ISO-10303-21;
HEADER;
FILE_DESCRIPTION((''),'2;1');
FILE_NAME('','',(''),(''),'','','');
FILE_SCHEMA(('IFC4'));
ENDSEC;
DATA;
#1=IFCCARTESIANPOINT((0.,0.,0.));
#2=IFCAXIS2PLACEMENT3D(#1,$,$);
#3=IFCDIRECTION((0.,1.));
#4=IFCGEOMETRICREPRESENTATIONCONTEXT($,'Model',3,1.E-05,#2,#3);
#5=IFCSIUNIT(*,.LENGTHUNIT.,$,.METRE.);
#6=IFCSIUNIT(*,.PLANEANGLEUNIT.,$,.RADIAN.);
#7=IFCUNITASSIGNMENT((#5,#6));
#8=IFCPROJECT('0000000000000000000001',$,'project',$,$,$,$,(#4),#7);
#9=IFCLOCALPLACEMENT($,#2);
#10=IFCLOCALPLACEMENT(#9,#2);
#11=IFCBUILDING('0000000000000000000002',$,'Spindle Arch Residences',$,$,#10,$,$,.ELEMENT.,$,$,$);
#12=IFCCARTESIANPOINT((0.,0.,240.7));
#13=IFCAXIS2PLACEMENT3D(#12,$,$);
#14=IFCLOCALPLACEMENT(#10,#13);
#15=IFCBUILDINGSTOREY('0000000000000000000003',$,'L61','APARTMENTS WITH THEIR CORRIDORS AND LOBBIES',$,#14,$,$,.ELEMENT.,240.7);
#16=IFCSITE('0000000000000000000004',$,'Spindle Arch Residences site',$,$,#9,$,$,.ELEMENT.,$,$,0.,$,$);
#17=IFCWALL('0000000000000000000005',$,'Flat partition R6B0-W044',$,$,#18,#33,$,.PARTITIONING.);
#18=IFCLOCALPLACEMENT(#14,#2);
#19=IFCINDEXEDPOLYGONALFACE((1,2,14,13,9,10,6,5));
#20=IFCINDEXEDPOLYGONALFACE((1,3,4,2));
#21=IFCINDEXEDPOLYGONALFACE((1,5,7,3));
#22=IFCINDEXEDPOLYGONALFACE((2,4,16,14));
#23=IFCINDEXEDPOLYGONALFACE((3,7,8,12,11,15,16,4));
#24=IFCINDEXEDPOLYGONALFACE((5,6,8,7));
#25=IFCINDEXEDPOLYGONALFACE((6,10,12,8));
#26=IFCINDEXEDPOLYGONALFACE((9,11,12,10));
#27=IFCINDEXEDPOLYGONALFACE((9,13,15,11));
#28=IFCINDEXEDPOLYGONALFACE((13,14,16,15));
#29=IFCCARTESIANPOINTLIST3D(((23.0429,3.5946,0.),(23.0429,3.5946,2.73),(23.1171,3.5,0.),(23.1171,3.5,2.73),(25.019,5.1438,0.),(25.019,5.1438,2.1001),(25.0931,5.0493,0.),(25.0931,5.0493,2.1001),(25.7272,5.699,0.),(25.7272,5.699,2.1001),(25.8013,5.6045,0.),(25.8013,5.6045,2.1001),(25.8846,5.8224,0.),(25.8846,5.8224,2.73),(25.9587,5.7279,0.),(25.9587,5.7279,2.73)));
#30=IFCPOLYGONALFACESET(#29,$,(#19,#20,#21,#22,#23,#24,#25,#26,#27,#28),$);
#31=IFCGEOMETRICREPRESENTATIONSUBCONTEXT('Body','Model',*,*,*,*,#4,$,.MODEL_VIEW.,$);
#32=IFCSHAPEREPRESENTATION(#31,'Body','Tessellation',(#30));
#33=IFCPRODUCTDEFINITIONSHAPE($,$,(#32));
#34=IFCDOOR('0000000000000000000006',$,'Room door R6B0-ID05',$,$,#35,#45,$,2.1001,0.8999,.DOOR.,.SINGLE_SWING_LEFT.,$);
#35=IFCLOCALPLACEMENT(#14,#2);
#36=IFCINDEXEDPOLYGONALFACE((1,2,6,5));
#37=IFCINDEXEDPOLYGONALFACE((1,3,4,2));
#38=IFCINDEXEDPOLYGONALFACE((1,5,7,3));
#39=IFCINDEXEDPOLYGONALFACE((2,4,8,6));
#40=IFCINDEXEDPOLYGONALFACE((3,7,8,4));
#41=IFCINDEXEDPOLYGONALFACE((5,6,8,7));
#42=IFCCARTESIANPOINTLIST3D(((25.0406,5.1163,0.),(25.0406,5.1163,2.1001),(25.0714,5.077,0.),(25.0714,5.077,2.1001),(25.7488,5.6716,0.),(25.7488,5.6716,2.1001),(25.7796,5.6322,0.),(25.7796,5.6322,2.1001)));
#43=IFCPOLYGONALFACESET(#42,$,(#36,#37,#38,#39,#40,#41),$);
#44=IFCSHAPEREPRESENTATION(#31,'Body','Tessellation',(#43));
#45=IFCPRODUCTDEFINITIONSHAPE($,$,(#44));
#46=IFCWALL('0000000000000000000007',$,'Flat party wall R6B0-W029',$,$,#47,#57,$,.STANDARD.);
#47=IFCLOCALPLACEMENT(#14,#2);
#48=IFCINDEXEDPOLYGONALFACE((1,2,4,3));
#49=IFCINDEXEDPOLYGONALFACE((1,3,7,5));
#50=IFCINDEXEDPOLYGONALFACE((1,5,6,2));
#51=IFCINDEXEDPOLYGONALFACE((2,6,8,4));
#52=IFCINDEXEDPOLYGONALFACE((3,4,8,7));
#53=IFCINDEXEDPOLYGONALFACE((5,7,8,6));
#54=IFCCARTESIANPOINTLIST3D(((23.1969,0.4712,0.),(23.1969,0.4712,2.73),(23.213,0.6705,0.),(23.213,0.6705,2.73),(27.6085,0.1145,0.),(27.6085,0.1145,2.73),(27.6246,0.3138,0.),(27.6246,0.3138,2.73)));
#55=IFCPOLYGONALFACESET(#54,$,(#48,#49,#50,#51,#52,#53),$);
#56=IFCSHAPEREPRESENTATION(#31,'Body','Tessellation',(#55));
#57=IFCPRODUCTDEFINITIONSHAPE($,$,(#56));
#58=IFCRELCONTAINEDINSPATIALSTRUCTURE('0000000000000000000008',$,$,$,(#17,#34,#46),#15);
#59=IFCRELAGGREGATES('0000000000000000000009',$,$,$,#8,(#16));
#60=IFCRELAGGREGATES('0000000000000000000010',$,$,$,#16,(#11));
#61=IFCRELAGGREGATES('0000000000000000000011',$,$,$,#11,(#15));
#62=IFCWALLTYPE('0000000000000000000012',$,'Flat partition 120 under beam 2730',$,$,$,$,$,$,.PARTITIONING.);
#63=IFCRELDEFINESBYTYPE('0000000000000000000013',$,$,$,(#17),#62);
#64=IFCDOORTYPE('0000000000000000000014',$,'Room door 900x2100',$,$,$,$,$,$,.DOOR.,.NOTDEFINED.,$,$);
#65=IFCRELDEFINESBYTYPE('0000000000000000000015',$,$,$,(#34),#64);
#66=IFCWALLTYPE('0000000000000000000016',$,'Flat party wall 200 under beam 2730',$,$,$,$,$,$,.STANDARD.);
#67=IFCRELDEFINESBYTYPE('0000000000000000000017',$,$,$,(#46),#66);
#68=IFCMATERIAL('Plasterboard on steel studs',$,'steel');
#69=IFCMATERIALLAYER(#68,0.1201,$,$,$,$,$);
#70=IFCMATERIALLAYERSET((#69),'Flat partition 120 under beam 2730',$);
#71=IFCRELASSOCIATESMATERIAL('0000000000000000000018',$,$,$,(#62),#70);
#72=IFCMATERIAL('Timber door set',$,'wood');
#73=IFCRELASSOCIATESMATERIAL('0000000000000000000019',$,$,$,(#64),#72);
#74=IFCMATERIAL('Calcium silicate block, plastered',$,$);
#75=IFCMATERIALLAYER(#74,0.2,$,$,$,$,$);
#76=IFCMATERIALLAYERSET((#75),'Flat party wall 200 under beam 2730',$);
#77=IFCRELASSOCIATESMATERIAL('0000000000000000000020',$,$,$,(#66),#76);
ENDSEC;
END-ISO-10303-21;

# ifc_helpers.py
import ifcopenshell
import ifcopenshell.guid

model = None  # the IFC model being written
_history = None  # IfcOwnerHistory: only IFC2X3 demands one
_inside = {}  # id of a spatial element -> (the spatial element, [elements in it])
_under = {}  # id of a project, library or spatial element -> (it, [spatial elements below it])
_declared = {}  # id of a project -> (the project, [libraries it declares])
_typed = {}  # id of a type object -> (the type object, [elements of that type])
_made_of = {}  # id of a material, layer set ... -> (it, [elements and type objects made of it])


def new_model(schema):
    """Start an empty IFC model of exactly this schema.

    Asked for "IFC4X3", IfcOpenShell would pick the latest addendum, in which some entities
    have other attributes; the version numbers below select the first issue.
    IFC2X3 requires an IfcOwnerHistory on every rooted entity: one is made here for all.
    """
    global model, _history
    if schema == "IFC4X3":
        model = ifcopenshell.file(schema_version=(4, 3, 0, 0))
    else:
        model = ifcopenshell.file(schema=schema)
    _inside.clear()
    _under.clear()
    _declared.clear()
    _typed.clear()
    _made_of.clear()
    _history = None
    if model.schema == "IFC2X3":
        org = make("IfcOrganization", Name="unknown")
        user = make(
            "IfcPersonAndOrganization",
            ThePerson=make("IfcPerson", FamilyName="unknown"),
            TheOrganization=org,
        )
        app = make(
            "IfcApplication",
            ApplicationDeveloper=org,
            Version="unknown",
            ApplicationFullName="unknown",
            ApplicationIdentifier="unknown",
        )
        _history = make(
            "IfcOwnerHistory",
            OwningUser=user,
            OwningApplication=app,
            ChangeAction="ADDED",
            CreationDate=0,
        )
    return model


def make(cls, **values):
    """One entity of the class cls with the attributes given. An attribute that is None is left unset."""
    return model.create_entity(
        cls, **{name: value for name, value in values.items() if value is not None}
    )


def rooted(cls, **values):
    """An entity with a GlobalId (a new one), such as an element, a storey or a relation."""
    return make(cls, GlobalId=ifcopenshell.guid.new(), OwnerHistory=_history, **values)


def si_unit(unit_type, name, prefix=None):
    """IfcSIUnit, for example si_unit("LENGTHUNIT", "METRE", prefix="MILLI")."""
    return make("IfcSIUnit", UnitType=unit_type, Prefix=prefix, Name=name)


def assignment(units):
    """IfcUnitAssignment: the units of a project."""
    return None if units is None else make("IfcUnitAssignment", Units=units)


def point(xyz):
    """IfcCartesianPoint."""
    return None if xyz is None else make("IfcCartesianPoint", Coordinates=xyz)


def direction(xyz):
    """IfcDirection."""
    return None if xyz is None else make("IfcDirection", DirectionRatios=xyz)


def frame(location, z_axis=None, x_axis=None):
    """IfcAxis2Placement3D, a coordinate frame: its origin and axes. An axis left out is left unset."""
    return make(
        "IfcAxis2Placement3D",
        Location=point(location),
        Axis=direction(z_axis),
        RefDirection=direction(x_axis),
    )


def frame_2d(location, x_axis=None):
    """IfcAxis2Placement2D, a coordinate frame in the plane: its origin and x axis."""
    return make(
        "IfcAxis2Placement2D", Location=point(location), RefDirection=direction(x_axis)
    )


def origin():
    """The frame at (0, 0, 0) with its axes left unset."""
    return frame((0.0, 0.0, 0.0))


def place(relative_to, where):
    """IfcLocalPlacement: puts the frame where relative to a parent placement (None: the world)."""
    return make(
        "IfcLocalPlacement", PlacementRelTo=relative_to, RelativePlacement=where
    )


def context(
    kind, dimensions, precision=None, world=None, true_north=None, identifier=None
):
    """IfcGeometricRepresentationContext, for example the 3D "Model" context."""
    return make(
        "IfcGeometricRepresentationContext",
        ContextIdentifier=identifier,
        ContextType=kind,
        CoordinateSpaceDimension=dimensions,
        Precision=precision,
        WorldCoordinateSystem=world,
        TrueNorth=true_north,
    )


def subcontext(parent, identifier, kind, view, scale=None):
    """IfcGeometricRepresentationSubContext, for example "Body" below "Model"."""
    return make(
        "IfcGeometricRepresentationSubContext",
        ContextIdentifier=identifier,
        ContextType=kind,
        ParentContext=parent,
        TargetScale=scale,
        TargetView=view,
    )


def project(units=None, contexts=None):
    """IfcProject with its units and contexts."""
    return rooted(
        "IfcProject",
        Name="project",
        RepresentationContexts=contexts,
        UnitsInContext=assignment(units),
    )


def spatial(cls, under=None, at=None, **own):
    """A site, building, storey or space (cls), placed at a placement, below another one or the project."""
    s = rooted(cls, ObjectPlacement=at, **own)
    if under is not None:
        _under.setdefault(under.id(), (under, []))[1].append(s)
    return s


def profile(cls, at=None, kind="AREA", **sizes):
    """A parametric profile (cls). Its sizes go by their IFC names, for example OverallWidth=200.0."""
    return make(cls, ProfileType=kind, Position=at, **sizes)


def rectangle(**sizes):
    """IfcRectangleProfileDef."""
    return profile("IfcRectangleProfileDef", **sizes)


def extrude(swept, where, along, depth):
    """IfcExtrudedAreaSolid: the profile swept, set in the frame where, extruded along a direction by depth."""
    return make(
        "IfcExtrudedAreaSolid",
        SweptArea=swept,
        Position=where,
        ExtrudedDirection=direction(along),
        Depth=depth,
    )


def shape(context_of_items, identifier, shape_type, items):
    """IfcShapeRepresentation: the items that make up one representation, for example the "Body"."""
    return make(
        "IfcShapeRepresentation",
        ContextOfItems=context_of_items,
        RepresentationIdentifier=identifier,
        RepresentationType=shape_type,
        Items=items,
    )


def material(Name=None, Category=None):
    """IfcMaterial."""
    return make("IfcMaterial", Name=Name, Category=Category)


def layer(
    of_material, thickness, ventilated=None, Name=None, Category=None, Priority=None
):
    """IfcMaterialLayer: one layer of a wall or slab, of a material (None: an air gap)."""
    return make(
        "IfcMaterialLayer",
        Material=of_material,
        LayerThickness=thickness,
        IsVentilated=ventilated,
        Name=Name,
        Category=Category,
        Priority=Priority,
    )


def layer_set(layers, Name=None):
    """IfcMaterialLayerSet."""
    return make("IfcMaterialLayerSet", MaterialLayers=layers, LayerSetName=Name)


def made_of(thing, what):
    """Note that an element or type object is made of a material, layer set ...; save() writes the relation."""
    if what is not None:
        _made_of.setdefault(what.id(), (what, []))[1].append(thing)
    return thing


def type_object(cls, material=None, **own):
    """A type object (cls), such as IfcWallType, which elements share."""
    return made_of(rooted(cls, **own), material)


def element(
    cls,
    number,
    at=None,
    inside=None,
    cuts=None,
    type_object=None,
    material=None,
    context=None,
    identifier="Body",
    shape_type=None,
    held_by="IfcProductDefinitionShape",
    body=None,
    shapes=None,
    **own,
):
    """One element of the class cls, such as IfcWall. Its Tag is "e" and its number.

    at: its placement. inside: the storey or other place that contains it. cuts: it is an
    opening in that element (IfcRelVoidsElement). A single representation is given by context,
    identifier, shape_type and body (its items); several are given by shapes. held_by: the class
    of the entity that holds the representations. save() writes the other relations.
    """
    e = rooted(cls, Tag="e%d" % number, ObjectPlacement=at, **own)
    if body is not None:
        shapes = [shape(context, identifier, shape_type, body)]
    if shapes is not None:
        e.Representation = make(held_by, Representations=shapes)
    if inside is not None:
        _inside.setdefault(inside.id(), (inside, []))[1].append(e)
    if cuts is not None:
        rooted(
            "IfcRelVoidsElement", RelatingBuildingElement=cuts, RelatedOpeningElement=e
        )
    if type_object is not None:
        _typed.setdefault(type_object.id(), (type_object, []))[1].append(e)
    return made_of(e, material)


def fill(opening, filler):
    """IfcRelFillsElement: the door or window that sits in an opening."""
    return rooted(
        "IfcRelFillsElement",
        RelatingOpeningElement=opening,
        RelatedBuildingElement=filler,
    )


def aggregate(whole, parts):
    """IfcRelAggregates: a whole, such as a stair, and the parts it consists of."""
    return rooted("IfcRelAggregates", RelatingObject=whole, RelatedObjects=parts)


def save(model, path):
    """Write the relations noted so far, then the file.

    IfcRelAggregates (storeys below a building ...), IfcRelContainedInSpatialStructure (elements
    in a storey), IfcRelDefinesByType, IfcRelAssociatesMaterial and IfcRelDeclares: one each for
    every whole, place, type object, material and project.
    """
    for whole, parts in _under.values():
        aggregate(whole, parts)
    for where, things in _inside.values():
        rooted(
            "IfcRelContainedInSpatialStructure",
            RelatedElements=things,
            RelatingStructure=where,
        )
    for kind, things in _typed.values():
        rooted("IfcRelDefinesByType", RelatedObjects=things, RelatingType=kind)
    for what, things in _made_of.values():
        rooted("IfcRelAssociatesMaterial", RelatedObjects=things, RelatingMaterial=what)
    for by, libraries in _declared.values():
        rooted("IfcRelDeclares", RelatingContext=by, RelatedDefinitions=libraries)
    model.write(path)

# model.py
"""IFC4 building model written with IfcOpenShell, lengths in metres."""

from ifc_helpers import new_model, si_unit, direction, frame, frame_2d, origin, place, context, subcontext, project, spatial, rectangle, extrude, material, layer, layer_set, type_object, element, fill, save


model = new_model("IFC4")

# Units and contexts
model_context = context("Model", 3, precision=1e-05, world=origin(), true_north=direction((0.0, 1.0)))
body_context = subcontext(model_context, "Body", "Model", "MODEL_VIEW")
ifc_project = project(units=[si_unit("LENGTHUNIT", "METRE"), si_unit("PLANEANGLEUNIT", "RADIAN")], contexts=[model_context])

# Site, building, storey
site_placement = place(None, origin())
site = spatial("IfcSite", under=ifc_project, at=site_placement, Name="Spindle Arch Residences site", CompositionType="ELEMENT", RefElevation=0.0)
building_placement = place(site_placement, origin())
building = spatial("IfcBuilding", under=site, at=building_placement, Name="Spindle Arch Residences", CompositionType="ELEMENT")
storey_placement = place(building_placement, frame((0.0, 0.0, 240.7)))
storey = spatial("IfcBuildingStorey", under=building, at=storey_placement, Name="L61", Description="APARTMENTS WITH THEIR CORRIDORS AND LOBBIES", CompositionType="ELEMENT", Elevation=240.7)

# Wall, opening, door
ifc_material_1 = material(Name="Plasterboard on steel studs", Category="steel")
ifc_layer_1 = layer(ifc_material_1, 0.1201)
ifc_layer_set_1 = layer_set([ifc_layer_1], Name="Flat partition 120 under beam 2730")
wall_type_1 = type_object("IfcWallType", Name="Flat partition 120 under beam 2730", PredefinedType="PARTITIONING", material=ifc_layer_set_1)
wall_1_placement = place(storey_placement, frame((25.9216, 5.7751, 0.0), z_axis=(0.0, 0.0, 1.0), x_axis=(-0.786973, -0.616988, 0.0)))
wall_1 = element("IfcWall", 1, at=wall_1_placement, inside=storey, type_object=wall_type_1, Name="Flat partition R6B0-W044", PredefinedType="PARTITIONING", context=body_context, shape_type="SweptSolid", body=[
    extrude(rectangle(XDim=3.6108, YDim=0.1201, at=frame_2d((1.8054, 0.0))), origin(), (0.0, 0.0, 1.0), 2.73),
])
opening_placement = place(wall_1_placement, frame((0.2, 0.0, 0.0)))
opening = element("IfcOpeningElement", 2, at=opening_placement, cuts=wall_1, PredefinedType="OPENING", context=body_context, shape_type="SweptSolid", body=[
    extrude(rectangle(XDim=0.8999, YDim=2.1001, at=frame_2d((0.45, 1.05))), frame((0.0, 0.0701, 0.0), z_axis=(0.0, -1.0, 0.0), x_axis=(1.0, 0.0, 0.0)), (0.0, 0.0, 1.0), 0.1401),
])
ifc_material_2 = material(Name="Timber door set", Category="wood")
door_type = type_object("IfcDoorType", Name="Room door 900x2100", OperationType="NOTDEFINED", PredefinedType="DOOR", material=ifc_material_2)
door_placement = place(opening_placement, origin())
door = element("IfcDoor", 3, at=door_placement, inside=storey, type_object=door_type, Name="Room door R6B0-ID05", OperationType="SINGLE_SWING_LEFT", OverallHeight=2.1001, OverallWidth=0.8999, PredefinedType="DOOR", context=body_context, shape_type="SweptSolid", body=[
    extrude(rectangle(XDim=0.8999, YDim=2.1001, at=frame_2d((0.45, 1.05))), frame((0.0, 0.0249, 0.0), z_axis=(0.0, -1.0, 0.0), x_axis=(1.0, 0.0, 0.0)), (0.0, 0.0, 1.0), 0.05),
])
fill(opening, door)

# Wall
ifc_material_3 = material(Name="Calcium silicate block, plastered")
ifc_layer_2 = layer(ifc_material_3, 0.2)
ifc_layer_set_2 = layer_set([ifc_layer_2], Name="Flat party wall 200 under beam 2730")
wall_type_2 = type_object("IfcWallType", Name="Flat party wall 200 under beam 2730", PredefinedType="STANDARD", material=ifc_layer_set_2)
wall_2_placement = place(storey_placement, frame((23.2051, 0.5708, 0.0), z_axis=(0.0, 0.0, 1.0), x_axis=(0.996747, -0.080589, 0.0)))
element("IfcWall", 4, at=wall_2_placement, inside=storey, type_object=wall_type_2, Name="Flat party wall R6B0-W029", PredefinedType="STANDARD", context=body_context, shape_type="SweptSolid", body=[
    extrude(rectangle(XDim=4.426, YDim=0.2, at=frame_2d((2.2129, 0.0))), origin(), (0.0, 0.0, 1.0), 2.73),
])

save(model, "model.ifc")
